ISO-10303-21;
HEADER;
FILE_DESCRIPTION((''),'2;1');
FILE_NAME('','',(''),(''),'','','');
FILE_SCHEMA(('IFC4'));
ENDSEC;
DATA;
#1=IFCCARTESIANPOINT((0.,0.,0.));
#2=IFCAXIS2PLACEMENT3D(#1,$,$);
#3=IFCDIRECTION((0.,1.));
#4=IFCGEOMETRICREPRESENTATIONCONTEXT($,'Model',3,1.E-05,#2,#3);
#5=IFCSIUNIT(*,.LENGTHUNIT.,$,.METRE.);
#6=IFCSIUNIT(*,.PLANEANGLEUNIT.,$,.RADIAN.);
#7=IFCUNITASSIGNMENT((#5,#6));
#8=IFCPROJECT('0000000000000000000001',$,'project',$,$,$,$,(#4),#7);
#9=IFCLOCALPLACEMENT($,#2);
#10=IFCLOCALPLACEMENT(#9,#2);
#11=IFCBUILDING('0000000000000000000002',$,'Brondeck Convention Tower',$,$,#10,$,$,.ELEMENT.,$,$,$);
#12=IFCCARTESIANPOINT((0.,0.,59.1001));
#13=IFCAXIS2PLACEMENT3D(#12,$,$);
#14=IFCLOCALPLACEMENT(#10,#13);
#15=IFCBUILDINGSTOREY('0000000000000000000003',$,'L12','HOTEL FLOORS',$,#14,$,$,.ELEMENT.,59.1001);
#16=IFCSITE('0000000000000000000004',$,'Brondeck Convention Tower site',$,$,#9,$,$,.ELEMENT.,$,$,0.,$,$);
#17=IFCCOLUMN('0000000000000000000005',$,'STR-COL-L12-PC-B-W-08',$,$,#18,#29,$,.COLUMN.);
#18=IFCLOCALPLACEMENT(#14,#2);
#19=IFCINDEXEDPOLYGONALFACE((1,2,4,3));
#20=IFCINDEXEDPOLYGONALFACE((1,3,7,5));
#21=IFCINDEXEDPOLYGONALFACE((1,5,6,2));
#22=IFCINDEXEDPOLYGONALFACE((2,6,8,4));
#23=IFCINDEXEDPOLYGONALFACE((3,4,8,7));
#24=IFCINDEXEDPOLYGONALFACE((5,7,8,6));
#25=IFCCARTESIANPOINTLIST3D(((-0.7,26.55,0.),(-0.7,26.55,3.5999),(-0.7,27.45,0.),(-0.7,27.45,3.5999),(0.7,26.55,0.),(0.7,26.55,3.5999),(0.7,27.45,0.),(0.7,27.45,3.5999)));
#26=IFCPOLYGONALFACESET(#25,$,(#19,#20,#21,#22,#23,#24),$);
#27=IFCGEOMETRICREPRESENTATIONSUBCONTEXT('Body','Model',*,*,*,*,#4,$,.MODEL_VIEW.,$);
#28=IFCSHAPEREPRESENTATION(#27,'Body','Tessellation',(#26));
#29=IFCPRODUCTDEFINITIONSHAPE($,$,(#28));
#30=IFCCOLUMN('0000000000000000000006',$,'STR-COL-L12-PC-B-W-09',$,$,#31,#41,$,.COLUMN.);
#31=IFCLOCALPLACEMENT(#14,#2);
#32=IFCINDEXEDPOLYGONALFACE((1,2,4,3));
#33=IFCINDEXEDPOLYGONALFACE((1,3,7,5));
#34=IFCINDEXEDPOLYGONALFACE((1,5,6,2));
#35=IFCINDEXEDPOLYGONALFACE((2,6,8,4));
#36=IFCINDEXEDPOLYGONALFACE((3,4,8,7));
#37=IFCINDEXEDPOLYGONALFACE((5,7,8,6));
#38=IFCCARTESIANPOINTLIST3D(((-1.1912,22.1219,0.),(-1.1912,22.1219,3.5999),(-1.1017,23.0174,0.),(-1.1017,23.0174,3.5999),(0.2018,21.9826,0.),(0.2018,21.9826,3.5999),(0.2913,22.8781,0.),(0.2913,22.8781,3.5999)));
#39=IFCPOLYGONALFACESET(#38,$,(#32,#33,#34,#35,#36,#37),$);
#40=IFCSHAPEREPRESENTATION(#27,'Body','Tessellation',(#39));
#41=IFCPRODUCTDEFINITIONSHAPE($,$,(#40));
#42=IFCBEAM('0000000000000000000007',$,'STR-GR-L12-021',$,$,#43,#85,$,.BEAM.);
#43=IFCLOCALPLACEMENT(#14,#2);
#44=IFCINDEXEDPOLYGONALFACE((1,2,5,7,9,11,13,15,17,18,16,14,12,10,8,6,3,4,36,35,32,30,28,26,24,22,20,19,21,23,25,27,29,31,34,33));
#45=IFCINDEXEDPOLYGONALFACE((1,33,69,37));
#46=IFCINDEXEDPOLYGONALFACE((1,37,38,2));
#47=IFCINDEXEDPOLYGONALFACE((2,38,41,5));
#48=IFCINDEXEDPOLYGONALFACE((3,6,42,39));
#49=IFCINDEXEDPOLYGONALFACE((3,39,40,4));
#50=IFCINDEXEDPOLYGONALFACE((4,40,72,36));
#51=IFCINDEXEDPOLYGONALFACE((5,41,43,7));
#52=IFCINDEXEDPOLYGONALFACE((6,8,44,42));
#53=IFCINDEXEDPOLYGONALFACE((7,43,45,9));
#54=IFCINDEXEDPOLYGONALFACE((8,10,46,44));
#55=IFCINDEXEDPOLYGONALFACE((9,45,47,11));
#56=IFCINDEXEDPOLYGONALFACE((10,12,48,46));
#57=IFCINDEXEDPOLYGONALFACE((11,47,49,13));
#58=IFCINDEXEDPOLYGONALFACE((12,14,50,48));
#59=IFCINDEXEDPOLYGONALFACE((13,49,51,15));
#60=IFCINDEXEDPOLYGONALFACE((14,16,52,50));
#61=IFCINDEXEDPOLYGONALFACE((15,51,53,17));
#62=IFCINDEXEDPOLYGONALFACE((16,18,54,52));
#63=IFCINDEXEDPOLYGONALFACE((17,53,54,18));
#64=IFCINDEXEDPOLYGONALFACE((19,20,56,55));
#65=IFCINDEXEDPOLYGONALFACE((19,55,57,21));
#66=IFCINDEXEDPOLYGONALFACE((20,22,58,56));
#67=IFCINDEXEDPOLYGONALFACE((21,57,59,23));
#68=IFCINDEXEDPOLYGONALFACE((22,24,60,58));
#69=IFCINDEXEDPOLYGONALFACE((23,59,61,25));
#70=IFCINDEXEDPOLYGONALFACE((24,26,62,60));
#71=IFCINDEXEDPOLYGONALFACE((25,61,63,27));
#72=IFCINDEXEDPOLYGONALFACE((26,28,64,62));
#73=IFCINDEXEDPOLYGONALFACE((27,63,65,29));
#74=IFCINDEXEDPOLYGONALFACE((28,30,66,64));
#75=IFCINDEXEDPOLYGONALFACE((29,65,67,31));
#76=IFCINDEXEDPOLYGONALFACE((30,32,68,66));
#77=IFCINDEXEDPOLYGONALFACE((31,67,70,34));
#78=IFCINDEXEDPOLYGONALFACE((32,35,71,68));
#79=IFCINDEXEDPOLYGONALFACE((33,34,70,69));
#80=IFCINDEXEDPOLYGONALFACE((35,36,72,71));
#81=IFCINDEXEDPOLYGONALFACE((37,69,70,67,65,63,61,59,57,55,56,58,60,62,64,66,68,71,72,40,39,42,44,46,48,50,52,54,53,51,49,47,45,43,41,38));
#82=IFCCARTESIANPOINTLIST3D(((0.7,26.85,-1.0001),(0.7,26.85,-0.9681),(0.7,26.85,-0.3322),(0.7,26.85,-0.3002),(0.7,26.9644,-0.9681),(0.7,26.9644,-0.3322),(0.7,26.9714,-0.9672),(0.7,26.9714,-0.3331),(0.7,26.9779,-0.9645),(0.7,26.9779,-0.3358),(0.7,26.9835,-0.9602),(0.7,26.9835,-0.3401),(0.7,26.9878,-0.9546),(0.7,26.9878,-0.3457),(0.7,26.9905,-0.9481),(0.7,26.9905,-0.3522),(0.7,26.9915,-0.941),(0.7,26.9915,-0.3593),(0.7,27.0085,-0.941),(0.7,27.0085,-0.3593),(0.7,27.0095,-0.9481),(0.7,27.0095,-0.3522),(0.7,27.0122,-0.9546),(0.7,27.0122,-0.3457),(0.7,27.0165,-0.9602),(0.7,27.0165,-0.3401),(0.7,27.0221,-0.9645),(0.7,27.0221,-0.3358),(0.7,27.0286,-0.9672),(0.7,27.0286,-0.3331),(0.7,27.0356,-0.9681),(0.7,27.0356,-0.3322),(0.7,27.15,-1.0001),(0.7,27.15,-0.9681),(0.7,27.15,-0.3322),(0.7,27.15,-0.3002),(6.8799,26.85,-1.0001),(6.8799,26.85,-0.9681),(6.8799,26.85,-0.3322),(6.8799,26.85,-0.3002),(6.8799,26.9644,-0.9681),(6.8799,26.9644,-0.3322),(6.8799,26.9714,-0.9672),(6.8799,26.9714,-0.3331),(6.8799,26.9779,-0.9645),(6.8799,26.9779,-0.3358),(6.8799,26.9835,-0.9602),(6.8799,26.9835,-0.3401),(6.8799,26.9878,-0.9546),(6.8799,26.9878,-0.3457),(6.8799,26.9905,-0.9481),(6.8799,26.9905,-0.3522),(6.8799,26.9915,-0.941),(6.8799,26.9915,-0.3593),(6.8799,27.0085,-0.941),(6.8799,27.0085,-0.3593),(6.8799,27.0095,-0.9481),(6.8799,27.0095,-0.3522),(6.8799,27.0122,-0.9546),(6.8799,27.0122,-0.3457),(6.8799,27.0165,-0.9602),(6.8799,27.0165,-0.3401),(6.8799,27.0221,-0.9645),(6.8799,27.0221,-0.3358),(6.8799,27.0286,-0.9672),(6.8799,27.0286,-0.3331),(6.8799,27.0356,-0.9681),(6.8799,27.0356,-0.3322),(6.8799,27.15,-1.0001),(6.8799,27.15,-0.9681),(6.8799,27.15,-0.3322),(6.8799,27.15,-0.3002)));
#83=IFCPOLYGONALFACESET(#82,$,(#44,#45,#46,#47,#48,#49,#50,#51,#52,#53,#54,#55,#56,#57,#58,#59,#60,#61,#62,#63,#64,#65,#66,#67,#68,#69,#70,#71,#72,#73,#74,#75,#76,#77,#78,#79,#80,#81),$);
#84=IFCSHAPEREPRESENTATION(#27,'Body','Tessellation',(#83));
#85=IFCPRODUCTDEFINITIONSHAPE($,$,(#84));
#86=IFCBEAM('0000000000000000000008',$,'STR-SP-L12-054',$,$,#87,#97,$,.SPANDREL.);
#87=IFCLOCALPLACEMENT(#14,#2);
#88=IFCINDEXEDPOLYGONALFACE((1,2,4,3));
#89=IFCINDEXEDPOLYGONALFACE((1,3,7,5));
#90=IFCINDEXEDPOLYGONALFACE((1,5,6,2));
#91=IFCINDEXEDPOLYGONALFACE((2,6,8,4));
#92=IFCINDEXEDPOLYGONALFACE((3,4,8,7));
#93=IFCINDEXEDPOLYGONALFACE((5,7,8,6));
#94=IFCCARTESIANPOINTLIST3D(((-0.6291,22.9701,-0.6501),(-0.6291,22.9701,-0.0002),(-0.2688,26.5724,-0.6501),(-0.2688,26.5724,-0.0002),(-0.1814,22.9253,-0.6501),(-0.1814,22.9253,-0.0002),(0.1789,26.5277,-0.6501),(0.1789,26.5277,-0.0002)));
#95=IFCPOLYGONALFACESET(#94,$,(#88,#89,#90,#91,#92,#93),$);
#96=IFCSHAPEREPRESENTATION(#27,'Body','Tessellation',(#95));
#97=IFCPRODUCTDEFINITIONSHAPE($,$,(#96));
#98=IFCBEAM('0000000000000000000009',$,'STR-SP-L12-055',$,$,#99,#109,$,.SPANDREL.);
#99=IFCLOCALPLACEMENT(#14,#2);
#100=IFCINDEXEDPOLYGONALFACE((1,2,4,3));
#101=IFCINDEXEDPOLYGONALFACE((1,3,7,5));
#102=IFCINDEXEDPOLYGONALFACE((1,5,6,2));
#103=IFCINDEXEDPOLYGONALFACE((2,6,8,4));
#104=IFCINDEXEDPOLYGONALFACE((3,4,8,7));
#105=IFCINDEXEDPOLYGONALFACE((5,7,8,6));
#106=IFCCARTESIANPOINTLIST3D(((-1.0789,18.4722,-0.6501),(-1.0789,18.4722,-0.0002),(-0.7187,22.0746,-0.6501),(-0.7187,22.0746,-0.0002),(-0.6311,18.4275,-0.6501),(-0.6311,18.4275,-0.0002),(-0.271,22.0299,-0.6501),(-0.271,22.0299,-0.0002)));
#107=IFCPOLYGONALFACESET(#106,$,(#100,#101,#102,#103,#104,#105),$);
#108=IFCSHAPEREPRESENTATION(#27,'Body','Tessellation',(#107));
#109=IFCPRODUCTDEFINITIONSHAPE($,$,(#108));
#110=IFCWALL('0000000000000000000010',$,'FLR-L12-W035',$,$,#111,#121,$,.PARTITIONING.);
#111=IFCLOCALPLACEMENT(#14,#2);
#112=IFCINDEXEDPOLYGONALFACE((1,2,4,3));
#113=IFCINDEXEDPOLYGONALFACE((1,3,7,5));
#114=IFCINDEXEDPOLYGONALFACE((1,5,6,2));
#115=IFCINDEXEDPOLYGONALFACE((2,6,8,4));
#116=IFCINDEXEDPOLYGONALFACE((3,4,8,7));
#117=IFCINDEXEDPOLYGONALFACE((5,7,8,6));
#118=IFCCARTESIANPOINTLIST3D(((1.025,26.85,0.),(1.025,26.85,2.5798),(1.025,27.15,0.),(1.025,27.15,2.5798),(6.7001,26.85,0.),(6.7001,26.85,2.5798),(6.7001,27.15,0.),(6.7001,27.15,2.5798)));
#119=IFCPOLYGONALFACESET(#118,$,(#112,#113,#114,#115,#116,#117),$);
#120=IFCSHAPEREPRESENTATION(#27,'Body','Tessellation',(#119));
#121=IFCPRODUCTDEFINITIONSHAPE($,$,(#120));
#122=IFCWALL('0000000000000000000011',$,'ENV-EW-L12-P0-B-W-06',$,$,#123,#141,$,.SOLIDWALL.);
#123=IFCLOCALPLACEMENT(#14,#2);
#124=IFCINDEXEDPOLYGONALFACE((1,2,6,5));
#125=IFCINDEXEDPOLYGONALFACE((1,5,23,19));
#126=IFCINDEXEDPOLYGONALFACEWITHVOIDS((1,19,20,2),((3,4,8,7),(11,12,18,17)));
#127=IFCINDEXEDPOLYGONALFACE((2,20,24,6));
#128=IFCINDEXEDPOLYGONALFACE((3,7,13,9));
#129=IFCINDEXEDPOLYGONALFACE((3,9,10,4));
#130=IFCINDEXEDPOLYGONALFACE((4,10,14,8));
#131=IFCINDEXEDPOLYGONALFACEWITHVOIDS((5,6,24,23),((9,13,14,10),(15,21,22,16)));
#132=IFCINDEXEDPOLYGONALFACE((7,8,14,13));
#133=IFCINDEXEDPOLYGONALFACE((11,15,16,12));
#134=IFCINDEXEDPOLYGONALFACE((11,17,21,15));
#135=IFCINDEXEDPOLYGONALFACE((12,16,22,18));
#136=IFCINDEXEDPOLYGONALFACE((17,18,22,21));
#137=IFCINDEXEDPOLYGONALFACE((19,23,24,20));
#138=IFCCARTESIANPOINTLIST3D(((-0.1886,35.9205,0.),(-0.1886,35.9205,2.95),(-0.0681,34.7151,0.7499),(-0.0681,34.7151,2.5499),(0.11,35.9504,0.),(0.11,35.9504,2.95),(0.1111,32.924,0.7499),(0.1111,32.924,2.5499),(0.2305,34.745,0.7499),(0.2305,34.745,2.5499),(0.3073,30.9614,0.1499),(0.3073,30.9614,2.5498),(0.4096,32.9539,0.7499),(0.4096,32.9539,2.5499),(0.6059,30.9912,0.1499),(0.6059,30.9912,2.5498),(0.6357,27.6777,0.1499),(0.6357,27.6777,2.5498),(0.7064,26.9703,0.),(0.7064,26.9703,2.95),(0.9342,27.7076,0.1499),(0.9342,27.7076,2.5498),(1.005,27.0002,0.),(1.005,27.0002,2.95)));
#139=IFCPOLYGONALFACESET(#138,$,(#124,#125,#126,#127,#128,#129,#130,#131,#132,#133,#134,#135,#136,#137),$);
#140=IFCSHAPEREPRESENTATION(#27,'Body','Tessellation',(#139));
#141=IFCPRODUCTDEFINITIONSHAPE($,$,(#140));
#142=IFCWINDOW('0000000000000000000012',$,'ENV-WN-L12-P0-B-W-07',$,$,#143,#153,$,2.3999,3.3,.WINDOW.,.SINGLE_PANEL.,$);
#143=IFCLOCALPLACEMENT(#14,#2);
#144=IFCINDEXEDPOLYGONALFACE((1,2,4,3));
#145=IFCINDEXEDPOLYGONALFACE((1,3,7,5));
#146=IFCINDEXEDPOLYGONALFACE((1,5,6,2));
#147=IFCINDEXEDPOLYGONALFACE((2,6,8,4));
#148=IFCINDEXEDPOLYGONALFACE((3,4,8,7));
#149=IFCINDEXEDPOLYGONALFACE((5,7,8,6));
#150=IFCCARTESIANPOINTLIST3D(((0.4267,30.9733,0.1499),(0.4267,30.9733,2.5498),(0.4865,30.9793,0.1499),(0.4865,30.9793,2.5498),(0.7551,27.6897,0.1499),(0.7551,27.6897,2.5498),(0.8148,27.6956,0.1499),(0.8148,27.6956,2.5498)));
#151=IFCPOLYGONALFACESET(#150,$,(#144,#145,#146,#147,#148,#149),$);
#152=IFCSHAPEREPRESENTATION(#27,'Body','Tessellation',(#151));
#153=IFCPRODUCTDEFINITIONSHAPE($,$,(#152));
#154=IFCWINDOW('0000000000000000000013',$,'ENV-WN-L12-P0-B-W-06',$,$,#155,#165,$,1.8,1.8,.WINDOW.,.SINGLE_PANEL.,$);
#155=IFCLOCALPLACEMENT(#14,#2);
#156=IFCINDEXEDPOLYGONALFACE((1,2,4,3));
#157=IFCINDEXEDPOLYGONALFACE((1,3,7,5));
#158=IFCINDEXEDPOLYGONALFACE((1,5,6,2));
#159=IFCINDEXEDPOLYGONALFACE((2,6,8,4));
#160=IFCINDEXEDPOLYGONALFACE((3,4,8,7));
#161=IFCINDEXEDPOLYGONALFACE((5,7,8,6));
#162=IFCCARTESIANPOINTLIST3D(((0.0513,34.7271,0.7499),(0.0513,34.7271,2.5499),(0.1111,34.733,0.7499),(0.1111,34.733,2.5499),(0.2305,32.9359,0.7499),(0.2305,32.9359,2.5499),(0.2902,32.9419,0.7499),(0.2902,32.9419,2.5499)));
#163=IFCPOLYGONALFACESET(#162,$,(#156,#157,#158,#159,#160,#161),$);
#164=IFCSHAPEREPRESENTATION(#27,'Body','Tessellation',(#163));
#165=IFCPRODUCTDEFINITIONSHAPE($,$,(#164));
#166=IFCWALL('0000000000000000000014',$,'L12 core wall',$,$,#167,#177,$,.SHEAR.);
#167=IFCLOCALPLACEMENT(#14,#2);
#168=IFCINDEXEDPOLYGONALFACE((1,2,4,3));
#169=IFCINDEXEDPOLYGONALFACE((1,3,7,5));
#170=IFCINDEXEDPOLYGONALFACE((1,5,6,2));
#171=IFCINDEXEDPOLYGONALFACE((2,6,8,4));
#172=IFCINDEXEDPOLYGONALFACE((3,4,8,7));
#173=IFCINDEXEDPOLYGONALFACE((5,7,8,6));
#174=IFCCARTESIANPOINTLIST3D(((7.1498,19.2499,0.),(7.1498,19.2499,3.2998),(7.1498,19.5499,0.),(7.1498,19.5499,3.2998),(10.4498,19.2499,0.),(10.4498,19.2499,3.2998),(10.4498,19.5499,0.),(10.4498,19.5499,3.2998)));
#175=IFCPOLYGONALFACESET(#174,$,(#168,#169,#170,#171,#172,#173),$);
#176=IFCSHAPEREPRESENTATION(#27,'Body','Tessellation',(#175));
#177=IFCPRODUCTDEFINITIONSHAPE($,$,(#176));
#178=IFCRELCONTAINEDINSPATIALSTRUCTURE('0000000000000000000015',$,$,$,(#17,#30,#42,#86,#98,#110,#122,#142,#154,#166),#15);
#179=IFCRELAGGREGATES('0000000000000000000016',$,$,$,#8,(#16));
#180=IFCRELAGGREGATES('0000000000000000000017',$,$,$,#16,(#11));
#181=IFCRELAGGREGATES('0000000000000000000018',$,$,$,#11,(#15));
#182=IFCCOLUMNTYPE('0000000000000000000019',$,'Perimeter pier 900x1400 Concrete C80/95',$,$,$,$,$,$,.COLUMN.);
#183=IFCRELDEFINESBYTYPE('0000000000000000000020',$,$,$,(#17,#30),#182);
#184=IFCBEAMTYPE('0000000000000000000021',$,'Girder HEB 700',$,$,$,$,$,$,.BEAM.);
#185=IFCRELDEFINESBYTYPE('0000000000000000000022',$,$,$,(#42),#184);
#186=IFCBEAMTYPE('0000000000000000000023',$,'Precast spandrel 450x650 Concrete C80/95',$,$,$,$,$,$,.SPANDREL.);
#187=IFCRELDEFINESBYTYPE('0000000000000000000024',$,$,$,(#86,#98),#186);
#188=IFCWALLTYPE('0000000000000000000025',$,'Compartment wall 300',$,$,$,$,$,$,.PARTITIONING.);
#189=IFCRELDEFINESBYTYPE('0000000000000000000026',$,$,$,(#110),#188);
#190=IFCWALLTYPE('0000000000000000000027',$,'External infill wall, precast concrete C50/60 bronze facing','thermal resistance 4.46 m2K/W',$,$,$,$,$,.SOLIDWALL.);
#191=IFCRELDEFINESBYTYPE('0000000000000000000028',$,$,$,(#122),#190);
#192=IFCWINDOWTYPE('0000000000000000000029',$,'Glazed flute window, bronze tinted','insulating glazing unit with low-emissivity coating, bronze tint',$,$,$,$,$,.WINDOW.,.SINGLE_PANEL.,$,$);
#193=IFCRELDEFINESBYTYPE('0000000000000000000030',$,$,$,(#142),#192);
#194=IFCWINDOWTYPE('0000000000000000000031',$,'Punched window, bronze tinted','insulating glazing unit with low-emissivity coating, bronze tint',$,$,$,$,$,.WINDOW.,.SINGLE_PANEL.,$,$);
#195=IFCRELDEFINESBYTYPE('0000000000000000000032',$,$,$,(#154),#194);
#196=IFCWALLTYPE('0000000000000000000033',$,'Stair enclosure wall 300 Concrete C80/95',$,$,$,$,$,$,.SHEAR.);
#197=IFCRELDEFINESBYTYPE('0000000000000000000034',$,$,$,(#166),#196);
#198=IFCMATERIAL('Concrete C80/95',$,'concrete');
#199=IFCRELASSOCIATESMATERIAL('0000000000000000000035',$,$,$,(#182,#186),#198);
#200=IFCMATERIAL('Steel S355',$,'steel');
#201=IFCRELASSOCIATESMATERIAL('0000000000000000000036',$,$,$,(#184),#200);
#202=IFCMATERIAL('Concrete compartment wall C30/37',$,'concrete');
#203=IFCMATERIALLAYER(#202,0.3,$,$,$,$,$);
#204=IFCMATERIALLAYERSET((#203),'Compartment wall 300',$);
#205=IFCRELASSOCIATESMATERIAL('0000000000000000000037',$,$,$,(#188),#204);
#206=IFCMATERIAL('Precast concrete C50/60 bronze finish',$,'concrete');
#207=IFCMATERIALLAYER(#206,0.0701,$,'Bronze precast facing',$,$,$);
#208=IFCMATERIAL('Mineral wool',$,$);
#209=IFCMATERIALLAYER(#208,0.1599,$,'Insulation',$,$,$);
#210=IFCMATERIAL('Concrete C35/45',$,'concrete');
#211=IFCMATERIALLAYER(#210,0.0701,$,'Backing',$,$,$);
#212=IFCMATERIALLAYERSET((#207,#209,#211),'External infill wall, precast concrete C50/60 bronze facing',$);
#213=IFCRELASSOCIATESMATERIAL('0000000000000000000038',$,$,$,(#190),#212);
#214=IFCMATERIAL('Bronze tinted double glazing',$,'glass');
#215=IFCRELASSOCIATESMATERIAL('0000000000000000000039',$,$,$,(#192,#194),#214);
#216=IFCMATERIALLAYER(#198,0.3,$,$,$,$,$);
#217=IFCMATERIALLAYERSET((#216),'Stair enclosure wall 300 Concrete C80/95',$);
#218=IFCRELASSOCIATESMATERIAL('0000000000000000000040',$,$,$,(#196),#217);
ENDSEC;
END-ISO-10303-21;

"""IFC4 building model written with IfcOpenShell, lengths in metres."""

from ifc_helpers import new_model, si_unit, direction, frame, frame_2d, origin, origin_2d, place, context, subcontext, project, spatial, rectangle, i_section, extrude, material, layer, layer_set, material_profile, profile_set, type_object, element, fill, save


model = new_model("IFC4")

# Units and contexts
model_context = context("Model", 3, precision=1e-05, world=origin(), true_north=direction((0.0, 1.0)))
body_context = subcontext(model_context, "Body", "Model", "MODEL_VIEW")
ifc_project = project(units=[si_unit("LENGTHUNIT", "METRE"), si_unit("PLANEANGLEUNIT", "RADIAN")], contexts=[model_context])

# Site, building, storey
site_placement = place(None, origin())
site = spatial("IfcSite", under=ifc_project, at=site_placement, Name="Brondeck Convention Tower site", CompositionType="ELEMENT", RefElevation=0.0)
building_placement = place(site_placement, origin())
building = spatial("IfcBuilding", under=site, at=building_placement, Name="Brondeck Convention Tower", CompositionType="ELEMENT")
storey_placement = place(building_placement, frame((0.0, 0.0, 59.1001)))
storey = spatial("IfcBuildingStorey", under=building, at=storey_placement, Name="L12", Description="HOTEL FLOORS", CompositionType="ELEMENT", Elevation=59.1001)

# Columns
ifc_material_1 = material(Name="Concrete C80/95", Category="concrete")
ifc_material_profile_1 = material_profile(ifc_material_1, rectangle(XDim=0.8999, YDim=1.3999, at=origin_2d()), Name="Perimeter pier 900x1400 Concrete C80/95")
ifc_profile_set_1 = profile_set([ifc_material_profile_1], Name="Concrete C80/95")
column_type = type_object("IfcColumnType", Name="Perimeter pier 900x1400 Concrete C80/95", PredefinedType="COLUMN", material=ifc_profile_set_1)
for number, where, z_axis, x_axis, name in (
    (1, (0.0, 27.0, 0.0), (0.0, 0.0, 1.0), (0.0, -1.0, 0.0), "STR-COL-L12-PC-B-W-08"),
    (2, (-0.45, 22.5, 0.0), (0.0, 0.0, 1.0), (-0.099504, -0.995037, 0.0), "STR-COL-L12-PC-B-W-09"),
):
    element("IfcColumn", number, at=place(storey_placement, frame(where, z_axis=z_axis, x_axis=x_axis)), inside=storey, type_object=column_type, Name=name, PredefinedType="COLUMN", context=body_context, shape_type="SweptSolid", body=[
        extrude(rectangle(XDim=0.8999, YDim=1.3999, at=origin_2d()), origin(), (0.0, 0.0, 1.0), 3.5999),
    ])

# Beams
ifc_material_2 = material(Name="Steel S355", Category="steel")
ifc_material_profile_2 = material_profile(ifc_material_2, i_section(OverallWidth=0.3, OverallDepth=0.7, WebThickness=0.0171, FlangeThickness=0.032, FilletRadius=0.0271, at=origin_2d()), Name="HEB 700")
ifc_profile_set_2 = profile_set([ifc_material_profile_2], Name="Steel S355")
beam_type_1 = type_object("IfcBeamType", Name="Girder HEB 700", PredefinedType="BEAM", material=ifc_profile_set_2)
beam_placement = place(storey_placement, frame((0.7, 27.0, -0.6501), z_axis=(1.0, 0.0, 0.0), x_axis=(0.0, 1.0, 0.0)))
element("IfcBeam", 3, at=beam_placement, inside=storey, type_object=beam_type_1, Name="STR-GR-L12-021", PredefinedType="BEAM", context=body_context, shape_type="SweptSolid", body=[
    extrude(i_section(OverallWidth=0.3, OverallDepth=0.7, WebThickness=0.0171, FlangeThickness=0.032, FilletRadius=0.0271, at=origin_2d()), origin(), (0.0, 0.0, 1.0), 6.1799),
])
ifc_material_profile_3 = material_profile(ifc_material_1, rectangle(XDim=0.45, YDim=0.6499, at=origin_2d()), Name="Precast spandrel 450x650 Concrete C80/95")
ifc_profile_set_3 = profile_set([ifc_material_profile_3], Name="Concrete C80/95")
beam_type_2 = type_object("IfcBeamType", Name="Precast spandrel 450x650 Concrete C80/95", PredefinedType="SPANDREL", material=ifc_profile_set_3)
for number, where, z_axis, x_axis, name in (
    (4, (-0.0449, 26.55, -0.3252), (-0.099537, -0.995034, 0.0), (0.995034, -0.099537, 0.0), "STR-SP-L12-054"),
    (5, (-0.4949, 22.0522, -0.3252), (-0.09947, -0.995041, 0.0), (0.995041, -0.09947, 0.0), "STR-SP-L12-055"),
):
    element("IfcBeam", number, at=place(storey_placement, frame(where, z_axis=z_axis, x_axis=x_axis)), inside=storey, type_object=beam_type_2, Name=name, PredefinedType="SPANDREL", context=body_context, shape_type="SweptSolid", body=[
        extrude(rectangle(XDim=0.45, YDim=0.6499, at=origin_2d()), origin(), (0.0, 0.0, 1.0), 3.6204),
    ])

# Wall
ifc_material_3 = material(Name="Concrete compartment wall C30/37", Category="concrete")
ifc_layer_1 = layer(ifc_material_3, 0.3)
ifc_layer_set_1 = layer_set([ifc_layer_1], Name="Compartment wall 300")
wall_type_1 = type_object("IfcWallType", Name="Compartment wall 300", PredefinedType="PARTITIONING", material=ifc_layer_set_1)
wall_1_placement = place(storey_placement, frame((6.7, 27.0, 0.0), z_axis=(0.0, 0.0, 1.0), x_axis=(-1.0, 0.0, 0.0)))
element("IfcWall", 6, at=wall_1_placement, inside=storey, type_object=wall_type_1, Name="FLR-L12-W035", PredefinedType="PARTITIONING", context=body_context, shape_type="SweptSolid", body=[
    extrude(rectangle(XDim=5.675, YDim=0.3, at=frame_2d((2.8374, 0.0))), origin(), (0.0, 0.0, 1.0), 2.5798),
])

# Wall, openings, windows
ifc_material_4 = material(Name="Precast concrete C50/60 bronze finish", Category="concrete")
ifc_layer_2 = layer(ifc_material_4, 0.0701, Name="Bronze precast facing")
ifc_material_5 = material(Name="Mineral wool")
ifc_layer_3 = layer(ifc_material_5, 0.1599, Name="Insulation")
ifc_material_6 = material(Name="Concrete C35/45", Category="concrete")
ifc_layer_4 = layer(ifc_material_6, 0.0701, Name="Backing")
ifc_layer_set_2 = layer_set([ifc_layer_2, ifc_layer_3, ifc_layer_4], Name="External infill wall, precast concrete C50/60 bronze facing")
wall_type_2 = type_object("IfcWallType", Name="External infill wall, precast concrete C50/60 bronze facing", Description="thermal resistance 4.46 m2K/W", PredefinedType="SOLIDWALL", material=ifc_layer_set_2)
wall_2_placement = place(storey_placement, frame((0.8557, 26.9851, 0.0), z_axis=(0.0, 0.0, 1.0), x_axis=(-0.099504, 0.995037, 0.0)))
wall_2 = element("IfcWall", 7, at=wall_2_placement, inside=storey, type_object=wall_type_2, Name="ENV-EW-L12-P0-B-W-06", PredefinedType="SOLIDWALL", context=body_context, shape_type="SweptSolid", body=[
    extrude(rectangle(XDim=8.9949, YDim=0.3, at=frame_2d((4.4976, 0.0))), origin(), (0.0, 0.0, 1.0), 2.95),
])
opening_1_placement = place(wall_2_placement, frame((0.7112, 0.0, 0.1499)))
opening_1 = element("IfcOpeningElement", 8, at=opening_1_placement, cuts=wall_2, PredefinedType="OPENING", context=body_context, shape_type="SweptSolid", body=[
    extrude(rectangle(XDim=3.3, YDim=2.3999, at=frame_2d((1.6499, 1.2))), frame((0.0, 0.1599, 0.0), z_axis=(0.0, -1.0, 0.0), x_axis=(1.0, 0.0, 0.0)), (0.0, 0.0, 1.0), 0.3201),
])
opening_2_placement = place(wall_2_placement, frame((5.9836, 0.0, 0.75)))
opening_2 = element("IfcOpeningElement", 9, at=opening_2_placement, cuts=wall_2, PredefinedType="OPENING", context=body_context, shape_type="SweptSolid", body=[
    extrude(rectangle(XDim=1.8, YDim=1.8, at=frame_2d((0.8999, 0.8999))), frame((0.0, 0.1599, 0.0), z_axis=(0.0, -1.0, 0.0), x_axis=(1.0, 0.0, 0.0)), (0.0, 0.0, 1.0), 0.3201),
])
ifc_material_7 = material(Name="Bronze tinted double glazing", Category="glass")
window_type_1 = type_object("IfcWindowType", Name="Glazed flute window, bronze tinted", Description="insulating glazing unit with low-emissivity coating, bronze tint", PartitioningType="SINGLE_PANEL", PredefinedType="WINDOW", material=ifc_material_7)
window_1_placement = place(opening_1_placement, origin())
window_1 = element("IfcWindow", 10, at=window_1_placement, inside=storey, type_object=window_type_1, Name="ENV-WN-L12-P0-B-W-07", OverallHeight=2.3999, OverallWidth=3.3, PartitioningType="SINGLE_PANEL", PredefinedType="WINDOW", context=body_context, shape_type="SweptSolid", body=[
    extrude(rectangle(XDim=3.3, YDim=2.3999, at=frame_2d((1.6499, 1.2))), frame((0.0, 0.03, 0.0), z_axis=(0.0, -1.0, 0.0), x_axis=(1.0, 0.0, 0.0)), (0.0, 0.0, 1.0), 0.0601),
])
fill(opening_1, window_1)
window_type_2 = type_object("IfcWindowType", Name="Punched window, bronze tinted", Description="insulating glazing unit with low-emissivity coating, bronze tint", PartitioningType="SINGLE_PANEL", PredefinedType="WINDOW", material=ifc_material_7)
window_2_placement = place(opening_2_placement, origin())
window_2 = element("IfcWindow", 11, at=window_2_placement, inside=storey, type_object=window_type_2, Name="ENV-WN-L12-P0-B-W-06", OverallHeight=1.8, OverallWidth=1.8, PartitioningType="SINGLE_PANEL", PredefinedType="WINDOW", context=body_context, shape_type="SweptSolid", body=[
    extrude(rectangle(XDim=1.8, YDim=1.8, at=frame_2d((0.8999, 0.8999))), frame((0.0, 0.03, 0.0), z_axis=(0.0, -1.0, 0.0), x_axis=(1.0, 0.0, 0.0)), (0.0, 0.0, 1.0), 0.0601),
])
fill(opening_2, window_2)

# Wall
ifc_layer_5 = layer(ifc_material_1, 0.3)
ifc_layer_set_3 = layer_set([ifc_layer_5], Name="Stair enclosure wall 300 Concrete C80/95")
wall_type_3 = type_object("IfcWallType", Name="Stair enclosure wall 300 Concrete C80/95", PredefinedType="SHEAR", material=ifc_layer_set_3)
wall_3_placement = place(storey_placement, frame((7.1499, 19.3999, 0.0), z_axis=(0.0, 0.0, 1.0), x_axis=(1.0, 0.0, 0.0)))
element("IfcWall", 12, at=wall_3_placement, inside=storey, type_object=wall_type_3, Name="L12 core wall", PredefinedType="SHEAR", context=body_context, shape_type="SweptSolid", body=[
    extrude(rectangle(XDim=3.3, YDim=0.3, at=frame_2d((1.6499, 0.0))), origin(), (0.0, 0.0, 1.0), 3.2998),
])

save(model, "model.ifc")
